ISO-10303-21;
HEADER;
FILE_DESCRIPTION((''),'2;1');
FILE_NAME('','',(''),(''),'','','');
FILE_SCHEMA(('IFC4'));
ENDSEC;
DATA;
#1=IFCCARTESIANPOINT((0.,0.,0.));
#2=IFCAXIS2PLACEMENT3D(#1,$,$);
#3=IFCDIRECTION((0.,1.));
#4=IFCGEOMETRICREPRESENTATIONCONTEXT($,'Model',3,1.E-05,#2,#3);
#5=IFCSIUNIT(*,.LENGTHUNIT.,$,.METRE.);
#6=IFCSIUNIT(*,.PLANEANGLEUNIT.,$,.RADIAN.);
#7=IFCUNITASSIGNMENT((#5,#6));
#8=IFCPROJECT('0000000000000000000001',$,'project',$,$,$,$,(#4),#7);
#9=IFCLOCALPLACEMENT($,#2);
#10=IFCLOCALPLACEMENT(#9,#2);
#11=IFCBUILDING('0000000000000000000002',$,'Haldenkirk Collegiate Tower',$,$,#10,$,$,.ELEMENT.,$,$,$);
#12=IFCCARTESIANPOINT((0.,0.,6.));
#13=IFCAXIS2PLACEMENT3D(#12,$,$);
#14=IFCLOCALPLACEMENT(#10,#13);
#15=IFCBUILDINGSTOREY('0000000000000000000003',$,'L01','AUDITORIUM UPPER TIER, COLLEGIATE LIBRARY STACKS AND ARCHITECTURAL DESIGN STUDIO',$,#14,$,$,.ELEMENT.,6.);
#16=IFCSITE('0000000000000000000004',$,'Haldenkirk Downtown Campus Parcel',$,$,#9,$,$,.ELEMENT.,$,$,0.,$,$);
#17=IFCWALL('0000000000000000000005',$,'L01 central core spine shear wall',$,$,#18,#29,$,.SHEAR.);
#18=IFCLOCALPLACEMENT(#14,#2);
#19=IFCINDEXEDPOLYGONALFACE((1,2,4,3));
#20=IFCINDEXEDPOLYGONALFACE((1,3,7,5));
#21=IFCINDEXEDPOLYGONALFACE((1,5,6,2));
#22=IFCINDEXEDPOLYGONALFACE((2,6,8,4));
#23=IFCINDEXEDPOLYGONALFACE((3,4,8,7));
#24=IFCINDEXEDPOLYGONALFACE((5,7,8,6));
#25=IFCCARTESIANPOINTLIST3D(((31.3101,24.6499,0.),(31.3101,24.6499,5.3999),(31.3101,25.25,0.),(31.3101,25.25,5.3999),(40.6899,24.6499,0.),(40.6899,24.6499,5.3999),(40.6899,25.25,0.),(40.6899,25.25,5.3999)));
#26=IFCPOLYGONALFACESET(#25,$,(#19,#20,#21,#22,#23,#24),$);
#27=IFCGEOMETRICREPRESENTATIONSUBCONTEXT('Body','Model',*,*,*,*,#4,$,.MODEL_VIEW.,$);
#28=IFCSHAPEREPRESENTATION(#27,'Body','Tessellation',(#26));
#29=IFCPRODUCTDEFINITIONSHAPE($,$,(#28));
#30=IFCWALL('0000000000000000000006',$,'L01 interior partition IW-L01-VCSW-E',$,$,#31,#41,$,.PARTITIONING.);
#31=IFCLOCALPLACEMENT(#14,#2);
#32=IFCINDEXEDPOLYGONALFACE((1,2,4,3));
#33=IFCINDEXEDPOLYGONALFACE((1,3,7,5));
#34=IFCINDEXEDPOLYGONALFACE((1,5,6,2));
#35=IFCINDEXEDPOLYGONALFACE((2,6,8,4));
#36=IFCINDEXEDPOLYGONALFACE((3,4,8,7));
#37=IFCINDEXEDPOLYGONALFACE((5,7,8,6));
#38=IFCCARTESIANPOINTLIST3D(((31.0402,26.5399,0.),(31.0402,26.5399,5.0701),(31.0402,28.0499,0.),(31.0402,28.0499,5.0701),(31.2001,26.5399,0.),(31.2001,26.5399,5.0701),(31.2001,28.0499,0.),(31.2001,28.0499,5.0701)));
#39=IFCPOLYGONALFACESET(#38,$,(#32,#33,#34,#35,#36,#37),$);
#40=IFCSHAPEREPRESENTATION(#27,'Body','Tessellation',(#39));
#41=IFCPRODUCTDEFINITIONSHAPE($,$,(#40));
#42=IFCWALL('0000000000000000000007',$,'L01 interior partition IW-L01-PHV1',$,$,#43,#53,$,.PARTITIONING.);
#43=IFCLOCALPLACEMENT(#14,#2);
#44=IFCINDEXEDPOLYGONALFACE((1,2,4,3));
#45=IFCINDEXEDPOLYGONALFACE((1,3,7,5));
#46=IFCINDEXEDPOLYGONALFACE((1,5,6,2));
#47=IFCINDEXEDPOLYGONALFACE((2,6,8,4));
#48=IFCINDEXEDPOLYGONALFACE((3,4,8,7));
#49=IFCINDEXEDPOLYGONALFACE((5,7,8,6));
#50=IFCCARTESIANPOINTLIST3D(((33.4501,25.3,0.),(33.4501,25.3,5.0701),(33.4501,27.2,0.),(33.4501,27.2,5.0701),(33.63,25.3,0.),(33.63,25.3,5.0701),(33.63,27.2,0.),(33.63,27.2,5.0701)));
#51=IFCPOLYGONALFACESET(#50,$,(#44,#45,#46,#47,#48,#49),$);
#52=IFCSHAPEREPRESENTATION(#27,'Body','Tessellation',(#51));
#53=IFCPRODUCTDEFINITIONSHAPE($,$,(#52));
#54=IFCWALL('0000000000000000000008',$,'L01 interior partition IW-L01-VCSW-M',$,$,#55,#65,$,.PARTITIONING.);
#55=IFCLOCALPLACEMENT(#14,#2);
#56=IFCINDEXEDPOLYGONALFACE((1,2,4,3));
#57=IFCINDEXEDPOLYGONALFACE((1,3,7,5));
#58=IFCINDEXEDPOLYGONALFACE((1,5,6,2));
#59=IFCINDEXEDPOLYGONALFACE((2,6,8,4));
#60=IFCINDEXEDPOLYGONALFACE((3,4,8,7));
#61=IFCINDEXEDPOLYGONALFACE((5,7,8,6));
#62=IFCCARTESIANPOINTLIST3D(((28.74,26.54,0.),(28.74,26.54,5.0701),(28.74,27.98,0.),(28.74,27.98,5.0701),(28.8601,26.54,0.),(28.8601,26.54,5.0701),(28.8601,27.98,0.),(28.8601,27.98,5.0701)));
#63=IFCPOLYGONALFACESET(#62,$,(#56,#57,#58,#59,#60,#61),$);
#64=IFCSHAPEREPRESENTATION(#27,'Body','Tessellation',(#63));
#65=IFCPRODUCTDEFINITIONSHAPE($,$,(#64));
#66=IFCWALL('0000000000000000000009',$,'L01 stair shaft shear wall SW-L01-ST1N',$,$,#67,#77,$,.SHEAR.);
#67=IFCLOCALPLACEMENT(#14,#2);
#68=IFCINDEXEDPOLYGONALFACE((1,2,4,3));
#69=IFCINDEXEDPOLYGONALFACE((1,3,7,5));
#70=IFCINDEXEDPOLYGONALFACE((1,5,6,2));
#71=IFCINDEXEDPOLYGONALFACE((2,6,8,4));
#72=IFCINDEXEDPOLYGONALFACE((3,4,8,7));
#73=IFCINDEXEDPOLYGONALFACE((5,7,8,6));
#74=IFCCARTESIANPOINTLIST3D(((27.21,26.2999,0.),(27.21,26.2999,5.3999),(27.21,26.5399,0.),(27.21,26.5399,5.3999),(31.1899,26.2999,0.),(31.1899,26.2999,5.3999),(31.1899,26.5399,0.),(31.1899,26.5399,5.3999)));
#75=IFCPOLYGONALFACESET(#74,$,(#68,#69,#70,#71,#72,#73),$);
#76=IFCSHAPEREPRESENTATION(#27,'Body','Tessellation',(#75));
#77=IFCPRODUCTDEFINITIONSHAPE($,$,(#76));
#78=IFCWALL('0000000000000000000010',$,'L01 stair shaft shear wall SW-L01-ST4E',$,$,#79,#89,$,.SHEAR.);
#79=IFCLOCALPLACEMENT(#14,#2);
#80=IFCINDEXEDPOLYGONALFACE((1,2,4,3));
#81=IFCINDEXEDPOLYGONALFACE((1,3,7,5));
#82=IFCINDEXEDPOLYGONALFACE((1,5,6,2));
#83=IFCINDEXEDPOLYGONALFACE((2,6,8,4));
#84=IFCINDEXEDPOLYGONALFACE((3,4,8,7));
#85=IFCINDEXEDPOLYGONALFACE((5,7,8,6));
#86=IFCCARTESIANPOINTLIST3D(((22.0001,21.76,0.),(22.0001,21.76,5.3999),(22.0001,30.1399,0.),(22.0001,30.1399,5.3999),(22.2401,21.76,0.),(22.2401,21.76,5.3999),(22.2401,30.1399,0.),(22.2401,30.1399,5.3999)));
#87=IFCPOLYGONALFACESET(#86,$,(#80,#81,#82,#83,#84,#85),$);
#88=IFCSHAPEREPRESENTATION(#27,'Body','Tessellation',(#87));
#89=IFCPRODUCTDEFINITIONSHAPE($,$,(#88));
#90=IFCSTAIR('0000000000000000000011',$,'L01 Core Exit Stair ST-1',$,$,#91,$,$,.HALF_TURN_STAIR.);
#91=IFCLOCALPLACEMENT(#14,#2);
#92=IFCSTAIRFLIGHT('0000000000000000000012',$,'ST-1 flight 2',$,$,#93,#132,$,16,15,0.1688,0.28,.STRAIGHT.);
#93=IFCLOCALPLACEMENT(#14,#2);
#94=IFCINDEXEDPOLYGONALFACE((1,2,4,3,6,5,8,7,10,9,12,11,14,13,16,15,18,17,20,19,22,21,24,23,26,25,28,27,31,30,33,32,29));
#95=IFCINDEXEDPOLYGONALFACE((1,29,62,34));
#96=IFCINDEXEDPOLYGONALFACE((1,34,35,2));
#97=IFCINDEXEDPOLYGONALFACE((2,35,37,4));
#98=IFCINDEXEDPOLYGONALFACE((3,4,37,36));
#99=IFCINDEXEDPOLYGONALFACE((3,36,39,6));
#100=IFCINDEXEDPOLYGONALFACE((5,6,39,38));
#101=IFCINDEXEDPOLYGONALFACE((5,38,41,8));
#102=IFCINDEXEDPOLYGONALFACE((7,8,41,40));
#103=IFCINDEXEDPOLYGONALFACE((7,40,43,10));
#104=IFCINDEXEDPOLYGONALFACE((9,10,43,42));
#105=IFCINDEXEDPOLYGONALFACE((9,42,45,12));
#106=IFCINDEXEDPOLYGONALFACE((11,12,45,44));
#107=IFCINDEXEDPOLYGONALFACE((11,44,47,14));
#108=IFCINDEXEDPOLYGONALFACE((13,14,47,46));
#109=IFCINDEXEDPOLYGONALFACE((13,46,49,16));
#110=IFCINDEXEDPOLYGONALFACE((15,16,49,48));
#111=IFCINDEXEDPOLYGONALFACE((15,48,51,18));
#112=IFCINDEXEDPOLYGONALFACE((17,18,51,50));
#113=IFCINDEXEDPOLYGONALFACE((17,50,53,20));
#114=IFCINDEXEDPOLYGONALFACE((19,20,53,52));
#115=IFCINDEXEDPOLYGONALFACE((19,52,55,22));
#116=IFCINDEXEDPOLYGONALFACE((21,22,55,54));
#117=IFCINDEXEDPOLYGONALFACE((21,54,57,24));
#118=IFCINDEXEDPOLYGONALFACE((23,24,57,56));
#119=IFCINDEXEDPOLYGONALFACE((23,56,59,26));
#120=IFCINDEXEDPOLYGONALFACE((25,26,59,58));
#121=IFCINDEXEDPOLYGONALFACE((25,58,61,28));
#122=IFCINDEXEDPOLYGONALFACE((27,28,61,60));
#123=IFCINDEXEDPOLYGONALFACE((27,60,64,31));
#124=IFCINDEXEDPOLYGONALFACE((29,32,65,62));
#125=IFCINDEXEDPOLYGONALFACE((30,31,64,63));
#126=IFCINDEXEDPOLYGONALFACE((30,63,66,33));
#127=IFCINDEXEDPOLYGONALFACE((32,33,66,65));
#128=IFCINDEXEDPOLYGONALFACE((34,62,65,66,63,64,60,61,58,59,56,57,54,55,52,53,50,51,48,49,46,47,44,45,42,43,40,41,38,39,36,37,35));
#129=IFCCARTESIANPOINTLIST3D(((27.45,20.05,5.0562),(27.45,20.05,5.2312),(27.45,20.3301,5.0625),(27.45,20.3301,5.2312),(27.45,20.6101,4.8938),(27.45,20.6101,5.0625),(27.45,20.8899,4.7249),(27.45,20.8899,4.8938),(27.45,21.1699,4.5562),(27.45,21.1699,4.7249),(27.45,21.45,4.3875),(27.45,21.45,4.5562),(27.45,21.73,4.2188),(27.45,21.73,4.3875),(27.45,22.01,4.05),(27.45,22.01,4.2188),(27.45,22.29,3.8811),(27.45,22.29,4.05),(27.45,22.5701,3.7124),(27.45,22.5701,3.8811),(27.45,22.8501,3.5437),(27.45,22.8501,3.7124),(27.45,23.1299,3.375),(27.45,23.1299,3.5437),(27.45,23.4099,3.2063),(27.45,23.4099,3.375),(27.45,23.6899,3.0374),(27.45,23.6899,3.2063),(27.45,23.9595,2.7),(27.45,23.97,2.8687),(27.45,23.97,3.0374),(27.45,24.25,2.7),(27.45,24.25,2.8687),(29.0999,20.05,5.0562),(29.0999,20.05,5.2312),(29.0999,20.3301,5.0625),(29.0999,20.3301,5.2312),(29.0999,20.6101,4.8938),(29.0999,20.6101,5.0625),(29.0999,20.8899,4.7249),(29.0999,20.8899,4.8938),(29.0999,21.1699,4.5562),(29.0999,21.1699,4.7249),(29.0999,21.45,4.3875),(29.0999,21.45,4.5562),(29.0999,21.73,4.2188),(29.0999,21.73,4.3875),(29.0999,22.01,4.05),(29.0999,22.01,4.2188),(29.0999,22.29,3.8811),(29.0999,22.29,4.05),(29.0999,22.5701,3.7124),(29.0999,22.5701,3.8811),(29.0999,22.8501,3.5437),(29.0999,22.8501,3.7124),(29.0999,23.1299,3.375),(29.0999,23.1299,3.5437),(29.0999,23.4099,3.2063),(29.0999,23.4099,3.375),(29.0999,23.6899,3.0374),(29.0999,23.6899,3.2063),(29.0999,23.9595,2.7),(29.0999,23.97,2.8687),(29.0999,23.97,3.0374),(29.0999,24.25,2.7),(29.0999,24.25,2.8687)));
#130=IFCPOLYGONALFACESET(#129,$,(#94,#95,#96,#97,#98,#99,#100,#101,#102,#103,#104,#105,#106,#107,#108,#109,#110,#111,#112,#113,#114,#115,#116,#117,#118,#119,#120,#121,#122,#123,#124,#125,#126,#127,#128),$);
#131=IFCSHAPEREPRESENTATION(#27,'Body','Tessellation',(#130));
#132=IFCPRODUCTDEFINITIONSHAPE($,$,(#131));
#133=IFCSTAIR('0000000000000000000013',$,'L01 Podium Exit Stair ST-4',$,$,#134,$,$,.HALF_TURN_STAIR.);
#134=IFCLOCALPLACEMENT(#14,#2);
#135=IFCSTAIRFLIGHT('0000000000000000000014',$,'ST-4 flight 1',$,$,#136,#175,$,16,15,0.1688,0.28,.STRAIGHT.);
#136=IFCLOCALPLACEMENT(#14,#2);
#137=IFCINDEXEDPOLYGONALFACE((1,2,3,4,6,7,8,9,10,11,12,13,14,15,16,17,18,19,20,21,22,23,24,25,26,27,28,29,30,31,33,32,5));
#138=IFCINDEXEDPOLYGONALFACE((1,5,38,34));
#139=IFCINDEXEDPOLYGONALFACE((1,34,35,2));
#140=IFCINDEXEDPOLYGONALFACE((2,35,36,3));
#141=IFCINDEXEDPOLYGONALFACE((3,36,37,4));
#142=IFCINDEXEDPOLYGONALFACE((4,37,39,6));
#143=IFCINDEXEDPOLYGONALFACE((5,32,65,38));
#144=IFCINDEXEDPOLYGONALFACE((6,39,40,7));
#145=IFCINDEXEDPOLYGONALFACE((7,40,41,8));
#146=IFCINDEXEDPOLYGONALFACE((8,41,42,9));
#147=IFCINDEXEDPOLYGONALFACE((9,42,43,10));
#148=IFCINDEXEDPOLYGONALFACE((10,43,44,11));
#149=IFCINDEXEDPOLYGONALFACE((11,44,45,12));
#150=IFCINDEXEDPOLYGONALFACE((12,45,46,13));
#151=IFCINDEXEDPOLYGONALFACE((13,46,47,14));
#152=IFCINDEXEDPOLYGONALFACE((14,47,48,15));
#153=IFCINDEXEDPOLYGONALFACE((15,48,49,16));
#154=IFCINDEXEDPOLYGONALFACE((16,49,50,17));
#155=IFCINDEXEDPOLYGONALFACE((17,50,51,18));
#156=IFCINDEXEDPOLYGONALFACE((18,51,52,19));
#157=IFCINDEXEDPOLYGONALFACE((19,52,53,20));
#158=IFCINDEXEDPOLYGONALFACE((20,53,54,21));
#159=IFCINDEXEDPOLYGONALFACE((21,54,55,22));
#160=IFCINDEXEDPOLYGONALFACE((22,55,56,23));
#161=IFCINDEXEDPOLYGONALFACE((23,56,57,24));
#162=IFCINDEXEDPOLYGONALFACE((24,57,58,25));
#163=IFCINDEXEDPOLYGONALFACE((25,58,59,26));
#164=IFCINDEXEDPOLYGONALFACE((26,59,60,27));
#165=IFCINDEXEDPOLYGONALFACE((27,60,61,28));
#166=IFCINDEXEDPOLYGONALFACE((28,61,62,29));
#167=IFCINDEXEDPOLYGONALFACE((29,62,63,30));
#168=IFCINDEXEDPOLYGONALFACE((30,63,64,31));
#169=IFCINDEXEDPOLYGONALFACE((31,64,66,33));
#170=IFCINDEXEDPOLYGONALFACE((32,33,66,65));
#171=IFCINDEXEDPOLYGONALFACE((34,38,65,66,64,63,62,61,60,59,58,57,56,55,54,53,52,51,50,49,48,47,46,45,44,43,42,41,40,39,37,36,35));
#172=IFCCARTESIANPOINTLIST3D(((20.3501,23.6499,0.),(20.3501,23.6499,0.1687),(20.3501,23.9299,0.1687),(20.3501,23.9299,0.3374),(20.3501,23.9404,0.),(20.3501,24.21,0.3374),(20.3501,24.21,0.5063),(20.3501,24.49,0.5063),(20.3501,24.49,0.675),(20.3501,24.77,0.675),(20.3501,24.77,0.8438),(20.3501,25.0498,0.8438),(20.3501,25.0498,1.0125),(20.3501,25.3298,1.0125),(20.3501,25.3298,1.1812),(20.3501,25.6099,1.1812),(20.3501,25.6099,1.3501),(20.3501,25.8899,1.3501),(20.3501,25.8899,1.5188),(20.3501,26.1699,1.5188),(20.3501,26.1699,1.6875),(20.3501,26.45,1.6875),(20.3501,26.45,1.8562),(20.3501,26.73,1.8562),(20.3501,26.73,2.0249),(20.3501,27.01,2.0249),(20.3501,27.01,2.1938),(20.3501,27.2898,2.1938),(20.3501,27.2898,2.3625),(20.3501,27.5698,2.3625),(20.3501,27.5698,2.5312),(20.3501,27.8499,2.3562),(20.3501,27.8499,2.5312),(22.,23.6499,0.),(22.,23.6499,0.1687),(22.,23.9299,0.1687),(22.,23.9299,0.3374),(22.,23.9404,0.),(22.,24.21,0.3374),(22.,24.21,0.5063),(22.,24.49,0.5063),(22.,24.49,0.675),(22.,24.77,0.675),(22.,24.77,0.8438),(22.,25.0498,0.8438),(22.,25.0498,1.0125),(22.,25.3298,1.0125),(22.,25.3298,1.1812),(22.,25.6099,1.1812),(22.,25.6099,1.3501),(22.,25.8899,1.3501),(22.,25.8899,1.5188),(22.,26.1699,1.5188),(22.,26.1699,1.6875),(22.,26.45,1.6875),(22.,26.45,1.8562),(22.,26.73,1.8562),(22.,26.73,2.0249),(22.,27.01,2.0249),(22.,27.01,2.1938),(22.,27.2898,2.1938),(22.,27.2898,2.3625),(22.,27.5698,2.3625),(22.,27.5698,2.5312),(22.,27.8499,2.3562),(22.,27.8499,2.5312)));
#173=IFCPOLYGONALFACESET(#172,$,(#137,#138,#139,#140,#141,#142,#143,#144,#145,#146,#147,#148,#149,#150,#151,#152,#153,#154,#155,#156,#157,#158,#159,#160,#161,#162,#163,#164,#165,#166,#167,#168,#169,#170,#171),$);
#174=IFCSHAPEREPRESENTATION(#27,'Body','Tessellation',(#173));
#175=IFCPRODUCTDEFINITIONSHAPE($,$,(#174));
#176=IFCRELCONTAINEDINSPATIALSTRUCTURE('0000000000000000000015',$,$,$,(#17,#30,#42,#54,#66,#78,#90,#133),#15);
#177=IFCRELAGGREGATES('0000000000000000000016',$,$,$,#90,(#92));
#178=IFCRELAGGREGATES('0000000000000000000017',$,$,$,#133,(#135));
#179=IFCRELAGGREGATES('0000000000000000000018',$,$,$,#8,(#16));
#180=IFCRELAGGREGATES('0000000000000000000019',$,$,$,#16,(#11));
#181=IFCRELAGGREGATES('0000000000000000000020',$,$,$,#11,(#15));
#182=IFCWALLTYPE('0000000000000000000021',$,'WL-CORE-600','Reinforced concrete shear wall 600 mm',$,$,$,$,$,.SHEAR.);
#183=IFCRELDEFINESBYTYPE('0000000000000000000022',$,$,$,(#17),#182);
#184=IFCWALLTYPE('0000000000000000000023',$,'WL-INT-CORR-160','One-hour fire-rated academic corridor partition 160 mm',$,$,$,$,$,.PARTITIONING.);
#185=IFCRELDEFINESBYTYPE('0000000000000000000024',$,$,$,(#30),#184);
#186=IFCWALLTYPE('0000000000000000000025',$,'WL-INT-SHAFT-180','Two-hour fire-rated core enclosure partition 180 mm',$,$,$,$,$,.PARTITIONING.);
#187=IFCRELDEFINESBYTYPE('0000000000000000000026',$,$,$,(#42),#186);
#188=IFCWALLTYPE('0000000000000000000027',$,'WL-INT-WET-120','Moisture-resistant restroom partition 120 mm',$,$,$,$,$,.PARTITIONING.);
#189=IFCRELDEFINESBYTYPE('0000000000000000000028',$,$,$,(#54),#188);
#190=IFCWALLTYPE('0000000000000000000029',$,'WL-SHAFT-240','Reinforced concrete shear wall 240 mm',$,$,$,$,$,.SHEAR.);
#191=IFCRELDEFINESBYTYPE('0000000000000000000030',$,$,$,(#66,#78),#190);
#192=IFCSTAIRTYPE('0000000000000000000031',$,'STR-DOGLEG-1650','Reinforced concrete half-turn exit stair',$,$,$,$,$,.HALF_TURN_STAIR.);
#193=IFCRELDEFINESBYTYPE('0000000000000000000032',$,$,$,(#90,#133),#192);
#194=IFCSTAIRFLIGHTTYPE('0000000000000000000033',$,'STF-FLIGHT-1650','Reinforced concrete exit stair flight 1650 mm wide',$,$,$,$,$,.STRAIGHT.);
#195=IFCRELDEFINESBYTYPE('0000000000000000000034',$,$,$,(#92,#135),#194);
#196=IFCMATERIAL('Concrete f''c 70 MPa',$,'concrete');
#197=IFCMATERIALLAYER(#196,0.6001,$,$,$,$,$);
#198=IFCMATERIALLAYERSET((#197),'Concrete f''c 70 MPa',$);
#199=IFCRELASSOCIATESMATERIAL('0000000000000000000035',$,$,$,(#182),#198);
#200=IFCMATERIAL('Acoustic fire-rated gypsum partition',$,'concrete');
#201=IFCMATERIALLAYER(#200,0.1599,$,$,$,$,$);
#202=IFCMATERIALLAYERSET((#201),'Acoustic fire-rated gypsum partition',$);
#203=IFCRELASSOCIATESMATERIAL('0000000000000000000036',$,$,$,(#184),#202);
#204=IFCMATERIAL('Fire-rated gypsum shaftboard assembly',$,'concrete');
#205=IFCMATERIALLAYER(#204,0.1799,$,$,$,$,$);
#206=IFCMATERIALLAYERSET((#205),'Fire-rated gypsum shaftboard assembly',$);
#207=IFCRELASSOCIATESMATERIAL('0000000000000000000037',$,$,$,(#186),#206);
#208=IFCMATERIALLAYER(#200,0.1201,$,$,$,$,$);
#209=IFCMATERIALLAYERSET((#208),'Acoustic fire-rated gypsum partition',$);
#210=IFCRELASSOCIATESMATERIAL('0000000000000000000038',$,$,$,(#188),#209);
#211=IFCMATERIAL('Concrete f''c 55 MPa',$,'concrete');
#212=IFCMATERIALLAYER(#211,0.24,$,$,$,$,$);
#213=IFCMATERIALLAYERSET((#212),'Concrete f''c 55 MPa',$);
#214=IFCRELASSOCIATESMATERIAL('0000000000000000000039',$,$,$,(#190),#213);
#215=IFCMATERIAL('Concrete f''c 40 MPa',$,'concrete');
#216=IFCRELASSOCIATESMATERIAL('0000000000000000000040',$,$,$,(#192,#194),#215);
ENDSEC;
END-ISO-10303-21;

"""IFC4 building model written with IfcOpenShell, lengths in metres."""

from ifc_helpers import new_model, si_unit, direction, frame, frame_2d, origin, place, context, subcontext, project, spatial, polyline, rectangle, outline, extrude, material, layer, layer_set, type_object, element, aggregate, save


model = new_model("IFC4")

# Units and contexts
model_context = context("Model", 3, precision=1e-05, world=origin(), true_north=direction((0.0, 1.0)))
body_context = subcontext(model_context, "Body", "Model", "MODEL_VIEW")
ifc_project = project(units=[si_unit("LENGTHUNIT", "METRE"), si_unit("PLANEANGLEUNIT", "RADIAN")], contexts=[model_context])

# Site, building, storey
site_placement = place(None, origin())
site = spatial("IfcSite", under=ifc_project, at=site_placement, Name="Haldenkirk Downtown Campus Parcel", CompositionType="ELEMENT", RefElevation=0.0)
building_placement = place(site_placement, origin())
building = spatial("IfcBuilding", under=site, at=building_placement, Name="Haldenkirk Collegiate Tower", CompositionType="ELEMENT")
storey_placement = place(building_placement, frame((0.0, 0.0, 6.0)))
storey = spatial("IfcBuildingStorey", under=building, at=storey_placement, Name="L01", Description="AUDITORIUM UPPER TIER, COLLEGIATE LIBRARY STACKS AND ARCHITECTURAL DESIGN STUDIO", CompositionType="ELEMENT", Elevation=6.0)

# Wall
ifc_material_1 = material(Name="Concrete f'c 70 MPa", Category="concrete")
ifc_layer_1 = layer(ifc_material_1, 0.6001)
ifc_layer_set_1 = layer_set([ifc_layer_1], Name="Concrete f'c 70 MPa")
wall_type_1 = type_object("IfcWallType", Name="WL-CORE-600", Description="Reinforced concrete shear wall 600 mm", PredefinedType="SHEAR", material=ifc_layer_set_1)
wall_1_placement = place(storey_placement, frame((31.3101, 24.95, 0.0), z_axis=(0.0, 0.0, 1.0), x_axis=(1.0, 0.0, 0.0)))
element("IfcWall", 1, at=wall_1_placement, inside=storey, type_object=wall_type_1, Name="L01 central core spine shear wall", PredefinedType="SHEAR", context=body_context, shape_type="SweptSolid", body=[
    extrude(rectangle(XDim=9.3799, YDim=0.6001, at=frame_2d((4.6899, 0.0))), origin(), (0.0, 0.0, 1.0), 5.3999),
])

# Shared definitions
ifc_material_2 = material(Name="Acoustic fire-rated gypsum partition", Category="concrete")
ifc_layer_2 = layer(ifc_material_2, 0.1599)
ifc_layer_set_2 = layer_set([ifc_layer_2], Name="Acoustic fire-rated gypsum partition")
wall_type_2 = type_object("IfcWallType", Name="WL-INT-CORR-160", Description="One-hour fire-rated academic corridor partition 160 mm", PredefinedType="PARTITIONING", material=ifc_layer_set_2)

# Wall
wall_2_placement = place(storey_placement, frame((31.1201, 26.54, 0.0), z_axis=(0.0, 0.0, 1.0), x_axis=(0.0, 1.0, 0.0)))
element("IfcWall", 2, at=wall_2_placement, inside=storey, type_object=wall_type_2, Name="L01 interior partition IW-L01-VCSW-E", PredefinedType="PARTITIONING", context=body_context, shape_type="SweptSolid", body=[
    extrude(rectangle(XDim=1.51, YDim=0.1599, at=frame_2d((0.7549, 0.0))), origin(), (0.0, 0.0, 1.0), 5.0701),
])

# Shared definitions
ifc_material_3 = material(Name="Fire-rated gypsum shaftboard assembly", Category="concrete")
ifc_layer_3 = layer(ifc_material_3, 0.1799)
ifc_layer_set_3 = layer_set([ifc_layer_3], Name="Fire-rated gypsum shaftboard assembly")
wall_type_3 = type_object("IfcWallType", Name="WL-INT-SHAFT-180", Description="Two-hour fire-rated core enclosure partition 180 mm", PredefinedType="PARTITIONING", material=ifc_layer_set_3)

# Wall
wall_3_placement = place(storey_placement, frame((33.54, 25.3, 0.0), z_axis=(0.0, 0.0, 1.0), x_axis=(0.0, 1.0, 0.0)))
element("IfcWall", 3, at=wall_3_placement, inside=storey, type_object=wall_type_3, Name="L01 interior partition IW-L01-PHV1", PredefinedType="PARTITIONING", context=body_context, shape_type="SweptSolid", body=[
    extrude(rectangle(XDim=1.8999, YDim=0.1799, at=frame_2d((0.95, 0.0))), origin(), (0.0, 0.0, 1.0), 5.0701),
])

# Walls
ifc_layer_4 = layer(ifc_material_2, 0.1201)
ifc_layer_set_4 = layer_set([ifc_layer_4], Name="Acoustic fire-rated gypsum partition")
wall_type_4 = type_object("IfcWallType", Name="WL-INT-WET-120", Description="Moisture-resistant restroom partition 120 mm", PredefinedType="PARTITIONING", material=ifc_layer_set_4)
wall_4_placement = place(storey_placement, frame((28.8, 26.54, 0.0), z_axis=(0.0, 0.0, 1.0), x_axis=(0.0, 1.0, 0.0)))
element("IfcWall", 4, at=wall_4_placement, inside=storey, type_object=wall_type_4, Name="L01 interior partition IW-L01-VCSW-M", PredefinedType="PARTITIONING", context=body_context, shape_type="SweptSolid", body=[
    extrude(rectangle(XDim=1.4399, YDim=0.1201, at=frame_2d((0.72, 0.0))), origin(), (0.0, 0.0, 1.0), 5.0701),
])
ifc_material_4 = material(Name="Concrete f'c 55 MPa", Category="concrete")
ifc_layer_5 = layer(ifc_material_4, 0.24)
ifc_layer_set_5 = layer_set([ifc_layer_5], Name="Concrete f'c 55 MPa")
wall_type_5 = type_object("IfcWallType", Name="WL-SHAFT-240", Description="Reinforced concrete shear wall 240 mm", PredefinedType="SHEAR", material=ifc_layer_set_5)
wall_5_placement = place(storey_placement, frame((27.21, 26.4199, 0.0), z_axis=(0.0, 0.0, 1.0), x_axis=(1.0, 0.0, 0.0)))
element("IfcWall", 5, at=wall_5_placement, inside=storey, type_object=wall_type_5, Name="L01 stair shaft shear wall SW-L01-ST1N", PredefinedType="SHEAR", context=body_context, shape_type="SweptSolid", body=[
    extrude(rectangle(XDim=3.98, YDim=0.24, at=frame_2d((1.99, 0.0))), origin(), (0.0, 0.0, 1.0), 5.3999),
])
wall_6_placement = place(storey_placement, frame((22.1201, 21.76, 0.0), z_axis=(0.0, 0.0, 1.0), x_axis=(0.0, 1.0, 0.0)))
element("IfcWall", 6, at=wall_6_placement, inside=storey, type_object=wall_type_5, Name="L01 stair shaft shear wall SW-L01-ST4E", PredefinedType="SHEAR", context=body_context, shape_type="SweptSolid", body=[
    extrude(rectangle(XDim=8.3799, YDim=0.24, at=frame_2d((4.1899, 0.0))), origin(), (0.0, 0.0, 1.0), 5.3999),
])

# Stairs, stair flights
ifc_material_5 = material(Name="Concrete f'c 40 MPa", Category="concrete")
stair_type = type_object("IfcStairType", Name="STR-DOGLEG-1650", Description="Reinforced concrete half-turn exit stair", PredefinedType="HALF_TURN_STAIR", material=ifc_material_5)
stair_1_placement = place(storey_placement, origin())
stair_1 = element("IfcStair", 7, at=stair_1_placement, inside=storey, type_object=stair_type, Name="L01 Core Exit Stair ST-1", PredefinedType="HALF_TURN_STAIR")
stair_flight_type = type_object("IfcStairFlightType", Name="STF-FLIGHT-1650", Description="Reinforced concrete exit stair flight 1650 mm wide", PredefinedType="STRAIGHT", material=ifc_material_5)
stair_flight_1_placement = place(storey_placement, frame((28.2749, 24.25, 2.7), z_axis=(0.0, 0.0, 1.0), x_axis=(0.0, -1.0, 0.0)))
stair_flight_1 = element("IfcStairFlight", 8, at=stair_flight_1_placement, type_object=stair_flight_type, Name="ST-1 flight 2", NumberOfRisers=16, NumberOfTreads=15, PredefinedType="STRAIGHT", RiserHeight=0.1688, TreadLength=0.28, context=body_context, shape_type="SweptSolid", body=[
    extrude(outline(polyline([(0.0, 0.0), (0.0, 0.1687), (0.28, 0.1687), (0.28, 0.3374), (0.5601, 0.3374), (0.5601, 0.5063), (0.8401, 0.5063), (0.8401, 0.675), (1.1201, 0.675), (1.1201, 0.8438), (1.3999, 0.8438), (1.3999, 1.0125), (1.6799, 1.0125), (1.6799, 1.1812), (1.96, 1.1812), (1.96, 1.3501), (2.24, 1.3501), (2.24, 1.5188), (2.52, 1.5188), (2.52, 1.6875), (2.8, 1.6875), (2.8, 1.8562), (3.0801, 1.8562), (3.0801, 2.0249), (3.3601, 2.0249), (3.3601, 2.1938), (3.6399, 2.1938), (3.6399, 2.3625), (3.9199, 2.3625), (3.9199, 2.5312), (4.2, 2.5312), (4.2, 2.7), (4.2, 2.3562), (0.2905, 0.0), (0.0, 0.0)])), frame((0.0, 0.825, 0.0), z_axis=(0.0, -1.0, 0.0), x_axis=(1.0, 0.0, 0.0)), (0.0, 0.0, 1.0), 1.6499),
])
aggregate(stair_1, [stair_flight_1])
stair_2_placement = place(storey_placement, origin())
stair_2 = element("IfcStair", 9, at=stair_2_placement, inside=storey, type_object=stair_type, Name="L01 Podium Exit Stair ST-4", PredefinedType="HALF_TURN_STAIR")
stair_flight_2_placement = place(storey_placement, frame((21.175, 23.6499, 0.0), z_axis=(0.0, 0.0, 1.0), x_axis=(0.0, 1.0, 0.0)))
stair_flight_2 = element("IfcStairFlight", 10, at=stair_flight_2_placement, type_object=stair_flight_type, Name="ST-4 flight 1", NumberOfRisers=16, NumberOfTreads=15, PredefinedType="STRAIGHT", RiserHeight=0.1688, TreadLength=0.28, context=body_context, shape_type="SweptSolid", body=[
    extrude(outline(polyline([(0.0, 0.0), (0.0, 0.1687), (0.28, 0.1687), (0.28, 0.3374), (0.5601, 0.3374), (0.5601, 0.5063), (0.8401, 0.5063), (0.8401, 0.675), (1.1201, 0.675), (1.1201, 0.8438), (1.3999, 0.8438), (1.3999, 1.0125), (1.6799, 1.0125), (1.6799, 1.1812), (1.96, 1.1812), (1.96, 1.3501), (2.24, 1.3501), (2.24, 1.5188), (2.52, 1.5188), (2.52, 1.6875), (2.8, 1.6875), (2.8, 1.8562), (3.0801, 1.8562), (3.0801, 2.0249), (3.3601, 2.0249), (3.3601, 2.1938), (3.6399, 2.1938), (3.6399, 2.3625), (3.9199, 2.3625), (3.9199, 2.5312), (4.2, 2.5312), (4.2, 2.7), (4.2, 2.3562), (0.2905, 0.0), (0.0, 0.0)])), frame((0.0, 0.825, 0.0), z_axis=(0.0, -1.0, 0.0), x_axis=(1.0, 0.0, 0.0)), (0.0, 0.0, 1.0), 1.6499),
])
aggregate(stair_2, [stair_flight_2])

save(model, "model.ifc")
